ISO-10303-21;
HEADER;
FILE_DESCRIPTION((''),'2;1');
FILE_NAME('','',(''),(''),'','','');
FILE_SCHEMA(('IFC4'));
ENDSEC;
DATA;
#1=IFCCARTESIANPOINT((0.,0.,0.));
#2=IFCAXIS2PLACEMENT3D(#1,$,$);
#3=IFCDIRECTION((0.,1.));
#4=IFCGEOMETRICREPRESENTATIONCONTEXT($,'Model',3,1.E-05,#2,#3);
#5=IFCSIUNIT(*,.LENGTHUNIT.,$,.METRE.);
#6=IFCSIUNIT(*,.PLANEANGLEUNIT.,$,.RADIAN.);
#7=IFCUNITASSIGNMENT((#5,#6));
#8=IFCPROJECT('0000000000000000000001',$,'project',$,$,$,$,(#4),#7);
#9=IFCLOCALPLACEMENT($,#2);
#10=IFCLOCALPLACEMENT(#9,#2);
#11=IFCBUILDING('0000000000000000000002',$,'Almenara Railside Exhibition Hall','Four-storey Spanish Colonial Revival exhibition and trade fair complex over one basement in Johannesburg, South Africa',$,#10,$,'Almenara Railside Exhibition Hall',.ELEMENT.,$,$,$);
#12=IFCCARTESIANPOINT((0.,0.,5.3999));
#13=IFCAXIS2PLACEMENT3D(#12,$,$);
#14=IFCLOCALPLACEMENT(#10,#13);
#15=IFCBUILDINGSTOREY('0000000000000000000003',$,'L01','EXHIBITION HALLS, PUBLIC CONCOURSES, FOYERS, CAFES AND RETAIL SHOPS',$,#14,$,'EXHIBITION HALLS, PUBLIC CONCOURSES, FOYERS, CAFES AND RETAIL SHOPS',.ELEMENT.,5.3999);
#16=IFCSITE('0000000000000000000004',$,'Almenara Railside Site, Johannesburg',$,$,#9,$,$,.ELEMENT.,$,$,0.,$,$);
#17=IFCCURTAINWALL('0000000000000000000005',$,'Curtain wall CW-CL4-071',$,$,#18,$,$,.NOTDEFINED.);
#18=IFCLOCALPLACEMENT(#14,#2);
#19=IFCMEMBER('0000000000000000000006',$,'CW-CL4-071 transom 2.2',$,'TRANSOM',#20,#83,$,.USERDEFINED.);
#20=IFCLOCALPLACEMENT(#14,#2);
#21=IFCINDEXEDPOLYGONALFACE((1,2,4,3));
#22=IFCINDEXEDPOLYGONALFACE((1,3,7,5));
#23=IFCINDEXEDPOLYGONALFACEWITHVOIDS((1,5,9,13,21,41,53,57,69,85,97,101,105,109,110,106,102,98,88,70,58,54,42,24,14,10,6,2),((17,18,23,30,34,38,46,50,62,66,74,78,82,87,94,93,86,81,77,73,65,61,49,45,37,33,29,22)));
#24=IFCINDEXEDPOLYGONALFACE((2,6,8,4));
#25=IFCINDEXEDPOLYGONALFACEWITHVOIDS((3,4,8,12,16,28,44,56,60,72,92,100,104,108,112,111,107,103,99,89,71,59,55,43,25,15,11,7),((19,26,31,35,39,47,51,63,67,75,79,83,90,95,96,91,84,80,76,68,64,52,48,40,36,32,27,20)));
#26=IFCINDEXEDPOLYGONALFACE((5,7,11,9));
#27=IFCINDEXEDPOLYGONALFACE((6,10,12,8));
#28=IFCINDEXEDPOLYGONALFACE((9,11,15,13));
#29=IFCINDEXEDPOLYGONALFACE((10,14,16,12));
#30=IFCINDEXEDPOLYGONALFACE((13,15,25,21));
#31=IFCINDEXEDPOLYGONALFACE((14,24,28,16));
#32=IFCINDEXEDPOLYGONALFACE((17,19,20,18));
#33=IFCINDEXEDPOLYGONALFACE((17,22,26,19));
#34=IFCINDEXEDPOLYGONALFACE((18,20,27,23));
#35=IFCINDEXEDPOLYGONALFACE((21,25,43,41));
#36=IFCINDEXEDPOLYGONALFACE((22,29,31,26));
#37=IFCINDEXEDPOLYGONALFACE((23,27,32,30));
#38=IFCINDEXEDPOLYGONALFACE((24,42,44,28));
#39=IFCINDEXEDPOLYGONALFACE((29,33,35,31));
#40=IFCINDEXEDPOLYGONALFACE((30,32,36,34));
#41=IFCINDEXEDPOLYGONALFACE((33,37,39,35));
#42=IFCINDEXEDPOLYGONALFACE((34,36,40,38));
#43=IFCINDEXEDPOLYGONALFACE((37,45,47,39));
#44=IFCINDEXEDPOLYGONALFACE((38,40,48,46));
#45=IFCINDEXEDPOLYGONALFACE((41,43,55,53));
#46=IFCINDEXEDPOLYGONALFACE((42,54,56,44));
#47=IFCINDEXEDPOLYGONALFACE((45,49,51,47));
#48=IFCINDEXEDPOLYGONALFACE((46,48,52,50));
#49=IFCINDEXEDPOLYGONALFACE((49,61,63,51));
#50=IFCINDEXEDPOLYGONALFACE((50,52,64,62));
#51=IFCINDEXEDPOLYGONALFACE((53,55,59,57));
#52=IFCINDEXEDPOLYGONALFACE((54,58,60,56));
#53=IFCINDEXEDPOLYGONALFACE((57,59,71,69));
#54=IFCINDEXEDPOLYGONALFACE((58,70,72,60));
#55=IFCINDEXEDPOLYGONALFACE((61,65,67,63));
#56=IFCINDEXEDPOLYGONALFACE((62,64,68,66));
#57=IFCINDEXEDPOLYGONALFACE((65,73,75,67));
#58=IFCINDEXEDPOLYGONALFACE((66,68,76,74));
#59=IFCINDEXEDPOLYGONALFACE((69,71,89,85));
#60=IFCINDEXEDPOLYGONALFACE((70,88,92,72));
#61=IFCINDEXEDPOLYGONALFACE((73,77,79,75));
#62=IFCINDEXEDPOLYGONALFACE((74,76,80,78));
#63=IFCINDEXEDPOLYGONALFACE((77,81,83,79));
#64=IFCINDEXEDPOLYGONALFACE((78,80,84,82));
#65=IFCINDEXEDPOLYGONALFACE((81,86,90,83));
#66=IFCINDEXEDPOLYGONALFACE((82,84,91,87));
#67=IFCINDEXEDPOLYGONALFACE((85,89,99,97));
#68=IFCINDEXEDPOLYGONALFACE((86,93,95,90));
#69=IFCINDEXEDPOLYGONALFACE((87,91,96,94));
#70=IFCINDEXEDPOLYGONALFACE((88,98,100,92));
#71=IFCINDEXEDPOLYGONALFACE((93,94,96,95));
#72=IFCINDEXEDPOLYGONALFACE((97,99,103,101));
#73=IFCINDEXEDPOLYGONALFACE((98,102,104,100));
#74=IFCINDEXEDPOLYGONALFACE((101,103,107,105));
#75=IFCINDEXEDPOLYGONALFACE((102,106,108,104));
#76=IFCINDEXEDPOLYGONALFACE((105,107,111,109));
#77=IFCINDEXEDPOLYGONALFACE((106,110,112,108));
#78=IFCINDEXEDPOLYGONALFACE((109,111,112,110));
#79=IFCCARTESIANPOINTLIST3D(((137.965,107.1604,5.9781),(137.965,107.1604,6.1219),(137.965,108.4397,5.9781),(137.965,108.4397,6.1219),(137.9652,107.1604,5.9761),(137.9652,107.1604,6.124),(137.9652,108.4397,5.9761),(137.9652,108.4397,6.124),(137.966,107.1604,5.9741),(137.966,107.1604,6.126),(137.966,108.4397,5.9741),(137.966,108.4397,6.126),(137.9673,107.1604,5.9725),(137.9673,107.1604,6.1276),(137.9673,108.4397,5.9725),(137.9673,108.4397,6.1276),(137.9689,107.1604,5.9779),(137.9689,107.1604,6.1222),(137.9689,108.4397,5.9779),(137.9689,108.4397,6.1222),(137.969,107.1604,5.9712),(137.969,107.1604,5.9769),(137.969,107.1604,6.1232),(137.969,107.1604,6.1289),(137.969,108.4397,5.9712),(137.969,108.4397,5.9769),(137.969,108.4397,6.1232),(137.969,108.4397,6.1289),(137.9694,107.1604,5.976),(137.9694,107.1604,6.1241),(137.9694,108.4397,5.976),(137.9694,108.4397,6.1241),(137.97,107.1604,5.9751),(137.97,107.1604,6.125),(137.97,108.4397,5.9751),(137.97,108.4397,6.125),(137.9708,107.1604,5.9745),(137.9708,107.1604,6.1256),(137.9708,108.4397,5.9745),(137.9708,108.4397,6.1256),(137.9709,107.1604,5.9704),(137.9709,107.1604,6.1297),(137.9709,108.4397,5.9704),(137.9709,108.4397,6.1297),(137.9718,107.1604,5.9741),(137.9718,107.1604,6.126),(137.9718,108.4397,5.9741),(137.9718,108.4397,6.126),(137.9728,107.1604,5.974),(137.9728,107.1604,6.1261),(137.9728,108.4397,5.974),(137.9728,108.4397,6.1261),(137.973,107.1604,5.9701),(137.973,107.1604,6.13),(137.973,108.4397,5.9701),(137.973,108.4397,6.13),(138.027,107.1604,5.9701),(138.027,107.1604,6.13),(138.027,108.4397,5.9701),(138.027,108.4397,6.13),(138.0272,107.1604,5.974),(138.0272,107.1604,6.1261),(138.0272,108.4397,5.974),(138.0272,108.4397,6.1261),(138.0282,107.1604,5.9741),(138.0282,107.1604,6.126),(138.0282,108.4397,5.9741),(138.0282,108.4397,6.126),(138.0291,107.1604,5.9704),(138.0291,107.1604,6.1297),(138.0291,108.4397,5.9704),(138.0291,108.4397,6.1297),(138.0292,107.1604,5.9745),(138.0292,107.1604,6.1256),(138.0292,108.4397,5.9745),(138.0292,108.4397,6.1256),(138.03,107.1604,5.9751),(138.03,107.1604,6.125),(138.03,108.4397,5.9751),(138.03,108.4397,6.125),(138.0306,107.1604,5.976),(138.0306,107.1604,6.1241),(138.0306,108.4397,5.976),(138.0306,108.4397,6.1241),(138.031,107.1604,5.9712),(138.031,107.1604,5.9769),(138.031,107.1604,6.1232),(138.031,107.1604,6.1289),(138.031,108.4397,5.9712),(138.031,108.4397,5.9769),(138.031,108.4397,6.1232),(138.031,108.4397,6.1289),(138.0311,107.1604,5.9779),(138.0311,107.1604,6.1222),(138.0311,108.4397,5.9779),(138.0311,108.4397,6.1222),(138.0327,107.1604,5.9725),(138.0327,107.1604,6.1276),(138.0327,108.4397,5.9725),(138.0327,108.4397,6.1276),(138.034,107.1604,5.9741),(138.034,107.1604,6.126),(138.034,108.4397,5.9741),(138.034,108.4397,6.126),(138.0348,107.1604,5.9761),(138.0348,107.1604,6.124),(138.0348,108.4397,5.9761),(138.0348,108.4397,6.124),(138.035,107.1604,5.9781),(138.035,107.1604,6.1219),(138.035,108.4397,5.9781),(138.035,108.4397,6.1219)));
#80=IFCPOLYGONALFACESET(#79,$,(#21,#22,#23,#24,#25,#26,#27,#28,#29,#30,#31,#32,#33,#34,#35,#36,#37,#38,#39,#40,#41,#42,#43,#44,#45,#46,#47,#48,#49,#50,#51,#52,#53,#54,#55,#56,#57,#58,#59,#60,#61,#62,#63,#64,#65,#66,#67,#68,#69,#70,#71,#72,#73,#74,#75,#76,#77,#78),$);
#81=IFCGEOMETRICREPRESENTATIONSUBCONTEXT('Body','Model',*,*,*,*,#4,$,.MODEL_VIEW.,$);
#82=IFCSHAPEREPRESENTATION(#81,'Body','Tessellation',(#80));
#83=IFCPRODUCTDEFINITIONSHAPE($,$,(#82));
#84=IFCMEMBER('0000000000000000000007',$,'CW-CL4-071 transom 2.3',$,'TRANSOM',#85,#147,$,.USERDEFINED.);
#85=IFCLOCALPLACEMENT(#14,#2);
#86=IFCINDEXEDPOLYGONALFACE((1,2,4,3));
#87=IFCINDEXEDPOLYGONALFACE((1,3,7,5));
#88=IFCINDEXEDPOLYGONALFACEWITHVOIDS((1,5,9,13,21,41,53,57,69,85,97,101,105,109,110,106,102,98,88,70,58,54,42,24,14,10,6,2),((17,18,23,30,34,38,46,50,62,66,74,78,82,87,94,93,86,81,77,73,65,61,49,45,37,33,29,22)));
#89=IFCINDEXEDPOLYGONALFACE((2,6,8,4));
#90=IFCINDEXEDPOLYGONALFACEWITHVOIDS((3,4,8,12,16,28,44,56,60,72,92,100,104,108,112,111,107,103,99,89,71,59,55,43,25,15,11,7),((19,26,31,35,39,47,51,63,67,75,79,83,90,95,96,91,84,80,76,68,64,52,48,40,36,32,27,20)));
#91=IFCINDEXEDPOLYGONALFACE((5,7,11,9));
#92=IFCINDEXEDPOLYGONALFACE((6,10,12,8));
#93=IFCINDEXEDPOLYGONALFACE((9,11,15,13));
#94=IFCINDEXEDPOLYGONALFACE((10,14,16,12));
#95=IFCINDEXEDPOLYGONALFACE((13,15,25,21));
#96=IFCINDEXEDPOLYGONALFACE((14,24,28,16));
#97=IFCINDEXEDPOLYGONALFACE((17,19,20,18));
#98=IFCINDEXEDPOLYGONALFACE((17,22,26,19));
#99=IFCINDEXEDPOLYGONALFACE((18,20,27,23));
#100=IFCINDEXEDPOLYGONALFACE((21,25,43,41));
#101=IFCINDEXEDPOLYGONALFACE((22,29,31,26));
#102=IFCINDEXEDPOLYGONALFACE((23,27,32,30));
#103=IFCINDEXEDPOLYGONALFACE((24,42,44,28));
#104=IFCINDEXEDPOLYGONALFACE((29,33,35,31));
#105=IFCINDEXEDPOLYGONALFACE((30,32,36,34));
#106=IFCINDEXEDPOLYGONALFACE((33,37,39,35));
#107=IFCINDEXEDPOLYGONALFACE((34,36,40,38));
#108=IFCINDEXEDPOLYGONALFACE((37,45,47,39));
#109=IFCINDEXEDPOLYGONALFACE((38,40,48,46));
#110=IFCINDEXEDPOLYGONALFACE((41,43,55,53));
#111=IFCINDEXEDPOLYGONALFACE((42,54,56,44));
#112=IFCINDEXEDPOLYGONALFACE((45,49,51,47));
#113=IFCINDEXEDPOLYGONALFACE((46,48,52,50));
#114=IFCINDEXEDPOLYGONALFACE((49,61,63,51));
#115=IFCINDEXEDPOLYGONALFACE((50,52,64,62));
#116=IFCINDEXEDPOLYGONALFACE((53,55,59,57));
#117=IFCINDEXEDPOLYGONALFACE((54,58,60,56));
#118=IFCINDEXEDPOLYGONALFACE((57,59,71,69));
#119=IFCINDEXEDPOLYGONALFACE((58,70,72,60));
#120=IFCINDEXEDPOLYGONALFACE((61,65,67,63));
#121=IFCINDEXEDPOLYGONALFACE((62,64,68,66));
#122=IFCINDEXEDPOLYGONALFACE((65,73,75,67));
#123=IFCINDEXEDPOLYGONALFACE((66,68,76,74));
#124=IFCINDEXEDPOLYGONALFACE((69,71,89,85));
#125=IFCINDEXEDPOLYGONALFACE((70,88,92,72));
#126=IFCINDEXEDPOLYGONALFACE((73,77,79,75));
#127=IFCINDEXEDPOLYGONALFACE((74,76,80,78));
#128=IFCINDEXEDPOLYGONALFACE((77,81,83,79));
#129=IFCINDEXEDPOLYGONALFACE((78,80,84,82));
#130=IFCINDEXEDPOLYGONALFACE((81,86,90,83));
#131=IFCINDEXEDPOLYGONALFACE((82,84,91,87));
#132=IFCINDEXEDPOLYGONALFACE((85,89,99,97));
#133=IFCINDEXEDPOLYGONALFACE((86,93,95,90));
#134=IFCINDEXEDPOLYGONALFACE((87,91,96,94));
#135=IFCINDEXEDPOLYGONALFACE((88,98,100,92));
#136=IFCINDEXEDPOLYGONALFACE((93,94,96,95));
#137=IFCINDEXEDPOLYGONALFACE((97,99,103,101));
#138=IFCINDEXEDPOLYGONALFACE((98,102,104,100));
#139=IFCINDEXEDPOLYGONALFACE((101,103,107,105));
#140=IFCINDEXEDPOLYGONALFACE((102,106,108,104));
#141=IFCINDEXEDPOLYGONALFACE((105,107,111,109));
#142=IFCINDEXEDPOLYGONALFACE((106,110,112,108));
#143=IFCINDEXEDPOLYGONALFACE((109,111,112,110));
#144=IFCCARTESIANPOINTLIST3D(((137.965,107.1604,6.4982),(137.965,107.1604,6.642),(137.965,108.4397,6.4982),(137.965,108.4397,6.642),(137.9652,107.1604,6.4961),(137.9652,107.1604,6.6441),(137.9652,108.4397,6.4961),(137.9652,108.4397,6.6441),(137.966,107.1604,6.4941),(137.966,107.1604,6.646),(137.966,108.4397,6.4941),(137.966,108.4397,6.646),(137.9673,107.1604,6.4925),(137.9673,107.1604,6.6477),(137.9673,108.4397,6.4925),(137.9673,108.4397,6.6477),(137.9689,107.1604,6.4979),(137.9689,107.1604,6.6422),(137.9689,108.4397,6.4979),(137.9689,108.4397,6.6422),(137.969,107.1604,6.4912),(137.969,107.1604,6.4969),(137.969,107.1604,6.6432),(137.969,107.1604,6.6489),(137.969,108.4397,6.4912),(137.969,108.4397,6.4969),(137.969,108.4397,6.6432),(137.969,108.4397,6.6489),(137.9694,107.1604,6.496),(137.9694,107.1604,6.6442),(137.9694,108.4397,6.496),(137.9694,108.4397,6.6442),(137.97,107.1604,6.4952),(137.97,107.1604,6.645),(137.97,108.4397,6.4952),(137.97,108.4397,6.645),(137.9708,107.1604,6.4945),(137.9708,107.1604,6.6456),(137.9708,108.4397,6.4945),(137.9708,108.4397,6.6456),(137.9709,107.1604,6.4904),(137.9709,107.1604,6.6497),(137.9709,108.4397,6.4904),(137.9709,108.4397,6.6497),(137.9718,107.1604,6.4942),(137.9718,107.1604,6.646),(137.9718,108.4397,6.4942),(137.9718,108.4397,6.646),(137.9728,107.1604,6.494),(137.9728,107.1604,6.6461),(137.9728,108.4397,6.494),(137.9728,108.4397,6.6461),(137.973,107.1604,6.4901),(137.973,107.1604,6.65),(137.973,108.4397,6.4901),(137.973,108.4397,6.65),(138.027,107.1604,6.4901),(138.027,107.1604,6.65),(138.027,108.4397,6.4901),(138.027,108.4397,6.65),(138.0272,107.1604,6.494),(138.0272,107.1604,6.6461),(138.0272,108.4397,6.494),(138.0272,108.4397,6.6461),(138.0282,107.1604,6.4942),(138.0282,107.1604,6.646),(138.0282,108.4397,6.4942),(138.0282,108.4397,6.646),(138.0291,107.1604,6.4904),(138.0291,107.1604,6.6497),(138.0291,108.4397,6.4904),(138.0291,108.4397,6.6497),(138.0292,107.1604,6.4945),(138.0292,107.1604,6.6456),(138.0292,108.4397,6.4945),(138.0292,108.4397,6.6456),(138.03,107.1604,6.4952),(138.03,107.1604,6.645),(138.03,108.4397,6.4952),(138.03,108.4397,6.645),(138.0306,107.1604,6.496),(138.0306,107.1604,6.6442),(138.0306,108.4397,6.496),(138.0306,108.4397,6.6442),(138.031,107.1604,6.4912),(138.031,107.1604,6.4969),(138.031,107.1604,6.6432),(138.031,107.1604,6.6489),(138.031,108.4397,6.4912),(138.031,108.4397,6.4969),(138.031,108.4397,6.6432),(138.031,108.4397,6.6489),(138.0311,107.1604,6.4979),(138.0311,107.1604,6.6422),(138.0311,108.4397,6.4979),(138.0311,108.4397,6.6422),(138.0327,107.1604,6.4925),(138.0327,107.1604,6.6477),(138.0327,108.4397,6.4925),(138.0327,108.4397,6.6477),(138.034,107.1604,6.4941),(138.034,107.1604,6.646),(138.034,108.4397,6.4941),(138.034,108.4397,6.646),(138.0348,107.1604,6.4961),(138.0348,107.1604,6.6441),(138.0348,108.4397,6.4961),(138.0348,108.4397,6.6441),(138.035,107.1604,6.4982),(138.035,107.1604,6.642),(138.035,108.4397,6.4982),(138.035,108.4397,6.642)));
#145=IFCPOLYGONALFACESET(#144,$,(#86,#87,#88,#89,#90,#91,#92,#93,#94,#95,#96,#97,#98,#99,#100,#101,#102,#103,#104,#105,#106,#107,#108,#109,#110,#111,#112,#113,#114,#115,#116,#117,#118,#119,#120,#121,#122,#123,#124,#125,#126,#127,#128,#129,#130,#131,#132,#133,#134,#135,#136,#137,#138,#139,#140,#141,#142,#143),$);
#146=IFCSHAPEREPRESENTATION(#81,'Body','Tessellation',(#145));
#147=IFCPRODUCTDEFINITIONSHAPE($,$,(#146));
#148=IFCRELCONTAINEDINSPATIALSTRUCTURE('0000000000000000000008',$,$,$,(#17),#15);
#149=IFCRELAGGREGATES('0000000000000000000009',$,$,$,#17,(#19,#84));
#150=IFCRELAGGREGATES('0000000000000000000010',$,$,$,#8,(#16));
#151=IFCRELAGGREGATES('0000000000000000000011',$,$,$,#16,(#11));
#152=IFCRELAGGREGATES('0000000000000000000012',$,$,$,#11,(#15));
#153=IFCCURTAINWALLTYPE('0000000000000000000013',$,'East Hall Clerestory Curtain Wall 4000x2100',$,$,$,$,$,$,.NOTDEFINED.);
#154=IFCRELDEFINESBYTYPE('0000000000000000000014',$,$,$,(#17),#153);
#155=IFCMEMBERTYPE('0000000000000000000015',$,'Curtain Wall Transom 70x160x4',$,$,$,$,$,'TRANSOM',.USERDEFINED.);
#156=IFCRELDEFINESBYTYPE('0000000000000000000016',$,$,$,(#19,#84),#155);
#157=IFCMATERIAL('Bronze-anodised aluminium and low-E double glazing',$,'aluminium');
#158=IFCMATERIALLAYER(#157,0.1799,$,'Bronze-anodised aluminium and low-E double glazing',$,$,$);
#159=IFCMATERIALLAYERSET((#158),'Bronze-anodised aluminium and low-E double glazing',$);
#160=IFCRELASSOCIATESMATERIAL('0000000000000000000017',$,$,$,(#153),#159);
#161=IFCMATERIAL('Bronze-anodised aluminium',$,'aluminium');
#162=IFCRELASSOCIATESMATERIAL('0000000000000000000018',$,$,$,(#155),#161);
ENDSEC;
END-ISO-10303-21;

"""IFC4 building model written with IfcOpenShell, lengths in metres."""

from ifc_helpers import new_model, si_unit, direction, frame, origin, origin_2d, place, context, subcontext, project, spatial, hollow_rectangle, extrude, material, layer, layer_set, material_profile, profile_set, type_object, element, aggregate, save


model = new_model("IFC4")

# Units and contexts
model_context = context("Model", 3, precision=1e-05, world=origin(), true_north=direction((0.0, 1.0)))
body_context = subcontext(model_context, "Body", "Model", "MODEL_VIEW")
ifc_project = project(units=[si_unit("LENGTHUNIT", "METRE"), si_unit("PLANEANGLEUNIT", "RADIAN")], contexts=[model_context])

# Site, building, storey
site_placement = place(None, origin())
site = spatial("IfcSite", under=ifc_project, at=site_placement, Name="Almenara Railside Site, Johannesburg", CompositionType="ELEMENT", RefElevation=0.0)
building_placement = place(site_placement, origin())
building = spatial("IfcBuilding", under=site, at=building_placement, Name="Almenara Railside Exhibition Hall", Description="Four-storey Spanish Colonial Revival exhibition and trade fair complex over one basement in Johannesburg, South Africa", LongName="Almenara Railside Exhibition Hall", CompositionType="ELEMENT")
storey_placement = place(building_placement, frame((0.0, 0.0, 5.3999)))
storey = spatial("IfcBuildingStorey", under=building, at=storey_placement, Name="L01", Description="EXHIBITION HALLS, PUBLIC CONCOURSES, FOYERS, CAFES AND RETAIL SHOPS", LongName="EXHIBITION HALLS, PUBLIC CONCOURSES, FOYERS, CAFES AND RETAIL SHOPS", CompositionType="ELEMENT", Elevation=5.3999)

# Curtain wall
ifc_material_1 = material(Name="Bronze-anodised aluminium and low-E double glazing", Category="aluminium")
ifc_layer_1 = layer(ifc_material_1, 0.1799, Name="Bronze-anodised aluminium and low-E double glazing")
ifc_layer_set_1 = layer_set([ifc_layer_1], Name="Bronze-anodised aluminium and low-E double glazing")
curtain_wall_type_1 = type_object("IfcCurtainWallType", Name="East Hall Clerestory Curtain Wall 4000x2100", PredefinedType="NOTDEFINED", material=ifc_layer_set_1)
curtain_wall_1_placement = place(storey_placement, origin())
curtain_wall_1 = element("IfcCurtainWall", 1, at=curtain_wall_1_placement, inside=storey, type_object=curtain_wall_type_1, Name="Curtain wall CW-CL4-071", PredefinedType="NOTDEFINED")
ifc_material_2 = material(Name="Bronze-anodised aluminium", Category="aluminium")

# Members
ifc_material_profile_1 = material_profile(ifc_material_2, hollow_rectangle(XDim=0.0701, YDim=0.1599, WallThickness=0.0039, InnerFilletRadius=0.0039, OuterFilletRadius=0.0081, at=origin_2d()), Name="ALU-TRN 70x160x4")
ifc_profile_set_1 = profile_set([ifc_material_profile_1], Name="Bronze-anodised aluminium")
member_type_1 = type_object("IfcMemberType", Name="Curtain Wall Transom 70x160x4", ElementType="TRANSOM", PredefinedType="USERDEFINED", material=ifc_profile_set_1)
member_1_placement = place(storey_placement, frame((138.0, 107.1604, 6.05), z_axis=(0.0, 1.0, 0.0), x_axis=(-1.0, 0.0, 0.0)))
member_1 = element("IfcMember", 2, at=member_1_placement, type_object=member_type_1, Name="CW-CL4-071 transom 2.2", ObjectType="TRANSOM", PredefinedType="USERDEFINED", context=body_context, shape_type="SweptSolid", body=[
    extrude(hollow_rectangle(XDim=0.0701, YDim=0.1599, WallThickness=0.0039, InnerFilletRadius=0.0039, OuterFilletRadius=0.0081, at=origin_2d()), origin(), (0.0, 0.0, 1.0), 1.2793),
])
member_2_placement = place(storey_placement, frame((138.0, 107.1604, 6.5701), z_axis=(0.0, 1.0, 0.0), x_axis=(-1.0, 0.0, 0.0)))
member_2 = element("IfcMember", 3, at=member_2_placement, type_object=member_type_1, Name="CW-CL4-071 transom 2.3", ObjectType="TRANSOM", PredefinedType="USERDEFINED", context=body_context, shape_type="SweptSolid", body=[
    extrude(hollow_rectangle(XDim=0.0701, YDim=0.1599, WallThickness=0.0039, InnerFilletRadius=0.0039, OuterFilletRadius=0.0081, at=origin_2d()), origin(), (0.0, 0.0, 1.0), 1.2793),
])

aggregate(curtain_wall_1, [member_1, member_2])

save(model, "model.ifc")
